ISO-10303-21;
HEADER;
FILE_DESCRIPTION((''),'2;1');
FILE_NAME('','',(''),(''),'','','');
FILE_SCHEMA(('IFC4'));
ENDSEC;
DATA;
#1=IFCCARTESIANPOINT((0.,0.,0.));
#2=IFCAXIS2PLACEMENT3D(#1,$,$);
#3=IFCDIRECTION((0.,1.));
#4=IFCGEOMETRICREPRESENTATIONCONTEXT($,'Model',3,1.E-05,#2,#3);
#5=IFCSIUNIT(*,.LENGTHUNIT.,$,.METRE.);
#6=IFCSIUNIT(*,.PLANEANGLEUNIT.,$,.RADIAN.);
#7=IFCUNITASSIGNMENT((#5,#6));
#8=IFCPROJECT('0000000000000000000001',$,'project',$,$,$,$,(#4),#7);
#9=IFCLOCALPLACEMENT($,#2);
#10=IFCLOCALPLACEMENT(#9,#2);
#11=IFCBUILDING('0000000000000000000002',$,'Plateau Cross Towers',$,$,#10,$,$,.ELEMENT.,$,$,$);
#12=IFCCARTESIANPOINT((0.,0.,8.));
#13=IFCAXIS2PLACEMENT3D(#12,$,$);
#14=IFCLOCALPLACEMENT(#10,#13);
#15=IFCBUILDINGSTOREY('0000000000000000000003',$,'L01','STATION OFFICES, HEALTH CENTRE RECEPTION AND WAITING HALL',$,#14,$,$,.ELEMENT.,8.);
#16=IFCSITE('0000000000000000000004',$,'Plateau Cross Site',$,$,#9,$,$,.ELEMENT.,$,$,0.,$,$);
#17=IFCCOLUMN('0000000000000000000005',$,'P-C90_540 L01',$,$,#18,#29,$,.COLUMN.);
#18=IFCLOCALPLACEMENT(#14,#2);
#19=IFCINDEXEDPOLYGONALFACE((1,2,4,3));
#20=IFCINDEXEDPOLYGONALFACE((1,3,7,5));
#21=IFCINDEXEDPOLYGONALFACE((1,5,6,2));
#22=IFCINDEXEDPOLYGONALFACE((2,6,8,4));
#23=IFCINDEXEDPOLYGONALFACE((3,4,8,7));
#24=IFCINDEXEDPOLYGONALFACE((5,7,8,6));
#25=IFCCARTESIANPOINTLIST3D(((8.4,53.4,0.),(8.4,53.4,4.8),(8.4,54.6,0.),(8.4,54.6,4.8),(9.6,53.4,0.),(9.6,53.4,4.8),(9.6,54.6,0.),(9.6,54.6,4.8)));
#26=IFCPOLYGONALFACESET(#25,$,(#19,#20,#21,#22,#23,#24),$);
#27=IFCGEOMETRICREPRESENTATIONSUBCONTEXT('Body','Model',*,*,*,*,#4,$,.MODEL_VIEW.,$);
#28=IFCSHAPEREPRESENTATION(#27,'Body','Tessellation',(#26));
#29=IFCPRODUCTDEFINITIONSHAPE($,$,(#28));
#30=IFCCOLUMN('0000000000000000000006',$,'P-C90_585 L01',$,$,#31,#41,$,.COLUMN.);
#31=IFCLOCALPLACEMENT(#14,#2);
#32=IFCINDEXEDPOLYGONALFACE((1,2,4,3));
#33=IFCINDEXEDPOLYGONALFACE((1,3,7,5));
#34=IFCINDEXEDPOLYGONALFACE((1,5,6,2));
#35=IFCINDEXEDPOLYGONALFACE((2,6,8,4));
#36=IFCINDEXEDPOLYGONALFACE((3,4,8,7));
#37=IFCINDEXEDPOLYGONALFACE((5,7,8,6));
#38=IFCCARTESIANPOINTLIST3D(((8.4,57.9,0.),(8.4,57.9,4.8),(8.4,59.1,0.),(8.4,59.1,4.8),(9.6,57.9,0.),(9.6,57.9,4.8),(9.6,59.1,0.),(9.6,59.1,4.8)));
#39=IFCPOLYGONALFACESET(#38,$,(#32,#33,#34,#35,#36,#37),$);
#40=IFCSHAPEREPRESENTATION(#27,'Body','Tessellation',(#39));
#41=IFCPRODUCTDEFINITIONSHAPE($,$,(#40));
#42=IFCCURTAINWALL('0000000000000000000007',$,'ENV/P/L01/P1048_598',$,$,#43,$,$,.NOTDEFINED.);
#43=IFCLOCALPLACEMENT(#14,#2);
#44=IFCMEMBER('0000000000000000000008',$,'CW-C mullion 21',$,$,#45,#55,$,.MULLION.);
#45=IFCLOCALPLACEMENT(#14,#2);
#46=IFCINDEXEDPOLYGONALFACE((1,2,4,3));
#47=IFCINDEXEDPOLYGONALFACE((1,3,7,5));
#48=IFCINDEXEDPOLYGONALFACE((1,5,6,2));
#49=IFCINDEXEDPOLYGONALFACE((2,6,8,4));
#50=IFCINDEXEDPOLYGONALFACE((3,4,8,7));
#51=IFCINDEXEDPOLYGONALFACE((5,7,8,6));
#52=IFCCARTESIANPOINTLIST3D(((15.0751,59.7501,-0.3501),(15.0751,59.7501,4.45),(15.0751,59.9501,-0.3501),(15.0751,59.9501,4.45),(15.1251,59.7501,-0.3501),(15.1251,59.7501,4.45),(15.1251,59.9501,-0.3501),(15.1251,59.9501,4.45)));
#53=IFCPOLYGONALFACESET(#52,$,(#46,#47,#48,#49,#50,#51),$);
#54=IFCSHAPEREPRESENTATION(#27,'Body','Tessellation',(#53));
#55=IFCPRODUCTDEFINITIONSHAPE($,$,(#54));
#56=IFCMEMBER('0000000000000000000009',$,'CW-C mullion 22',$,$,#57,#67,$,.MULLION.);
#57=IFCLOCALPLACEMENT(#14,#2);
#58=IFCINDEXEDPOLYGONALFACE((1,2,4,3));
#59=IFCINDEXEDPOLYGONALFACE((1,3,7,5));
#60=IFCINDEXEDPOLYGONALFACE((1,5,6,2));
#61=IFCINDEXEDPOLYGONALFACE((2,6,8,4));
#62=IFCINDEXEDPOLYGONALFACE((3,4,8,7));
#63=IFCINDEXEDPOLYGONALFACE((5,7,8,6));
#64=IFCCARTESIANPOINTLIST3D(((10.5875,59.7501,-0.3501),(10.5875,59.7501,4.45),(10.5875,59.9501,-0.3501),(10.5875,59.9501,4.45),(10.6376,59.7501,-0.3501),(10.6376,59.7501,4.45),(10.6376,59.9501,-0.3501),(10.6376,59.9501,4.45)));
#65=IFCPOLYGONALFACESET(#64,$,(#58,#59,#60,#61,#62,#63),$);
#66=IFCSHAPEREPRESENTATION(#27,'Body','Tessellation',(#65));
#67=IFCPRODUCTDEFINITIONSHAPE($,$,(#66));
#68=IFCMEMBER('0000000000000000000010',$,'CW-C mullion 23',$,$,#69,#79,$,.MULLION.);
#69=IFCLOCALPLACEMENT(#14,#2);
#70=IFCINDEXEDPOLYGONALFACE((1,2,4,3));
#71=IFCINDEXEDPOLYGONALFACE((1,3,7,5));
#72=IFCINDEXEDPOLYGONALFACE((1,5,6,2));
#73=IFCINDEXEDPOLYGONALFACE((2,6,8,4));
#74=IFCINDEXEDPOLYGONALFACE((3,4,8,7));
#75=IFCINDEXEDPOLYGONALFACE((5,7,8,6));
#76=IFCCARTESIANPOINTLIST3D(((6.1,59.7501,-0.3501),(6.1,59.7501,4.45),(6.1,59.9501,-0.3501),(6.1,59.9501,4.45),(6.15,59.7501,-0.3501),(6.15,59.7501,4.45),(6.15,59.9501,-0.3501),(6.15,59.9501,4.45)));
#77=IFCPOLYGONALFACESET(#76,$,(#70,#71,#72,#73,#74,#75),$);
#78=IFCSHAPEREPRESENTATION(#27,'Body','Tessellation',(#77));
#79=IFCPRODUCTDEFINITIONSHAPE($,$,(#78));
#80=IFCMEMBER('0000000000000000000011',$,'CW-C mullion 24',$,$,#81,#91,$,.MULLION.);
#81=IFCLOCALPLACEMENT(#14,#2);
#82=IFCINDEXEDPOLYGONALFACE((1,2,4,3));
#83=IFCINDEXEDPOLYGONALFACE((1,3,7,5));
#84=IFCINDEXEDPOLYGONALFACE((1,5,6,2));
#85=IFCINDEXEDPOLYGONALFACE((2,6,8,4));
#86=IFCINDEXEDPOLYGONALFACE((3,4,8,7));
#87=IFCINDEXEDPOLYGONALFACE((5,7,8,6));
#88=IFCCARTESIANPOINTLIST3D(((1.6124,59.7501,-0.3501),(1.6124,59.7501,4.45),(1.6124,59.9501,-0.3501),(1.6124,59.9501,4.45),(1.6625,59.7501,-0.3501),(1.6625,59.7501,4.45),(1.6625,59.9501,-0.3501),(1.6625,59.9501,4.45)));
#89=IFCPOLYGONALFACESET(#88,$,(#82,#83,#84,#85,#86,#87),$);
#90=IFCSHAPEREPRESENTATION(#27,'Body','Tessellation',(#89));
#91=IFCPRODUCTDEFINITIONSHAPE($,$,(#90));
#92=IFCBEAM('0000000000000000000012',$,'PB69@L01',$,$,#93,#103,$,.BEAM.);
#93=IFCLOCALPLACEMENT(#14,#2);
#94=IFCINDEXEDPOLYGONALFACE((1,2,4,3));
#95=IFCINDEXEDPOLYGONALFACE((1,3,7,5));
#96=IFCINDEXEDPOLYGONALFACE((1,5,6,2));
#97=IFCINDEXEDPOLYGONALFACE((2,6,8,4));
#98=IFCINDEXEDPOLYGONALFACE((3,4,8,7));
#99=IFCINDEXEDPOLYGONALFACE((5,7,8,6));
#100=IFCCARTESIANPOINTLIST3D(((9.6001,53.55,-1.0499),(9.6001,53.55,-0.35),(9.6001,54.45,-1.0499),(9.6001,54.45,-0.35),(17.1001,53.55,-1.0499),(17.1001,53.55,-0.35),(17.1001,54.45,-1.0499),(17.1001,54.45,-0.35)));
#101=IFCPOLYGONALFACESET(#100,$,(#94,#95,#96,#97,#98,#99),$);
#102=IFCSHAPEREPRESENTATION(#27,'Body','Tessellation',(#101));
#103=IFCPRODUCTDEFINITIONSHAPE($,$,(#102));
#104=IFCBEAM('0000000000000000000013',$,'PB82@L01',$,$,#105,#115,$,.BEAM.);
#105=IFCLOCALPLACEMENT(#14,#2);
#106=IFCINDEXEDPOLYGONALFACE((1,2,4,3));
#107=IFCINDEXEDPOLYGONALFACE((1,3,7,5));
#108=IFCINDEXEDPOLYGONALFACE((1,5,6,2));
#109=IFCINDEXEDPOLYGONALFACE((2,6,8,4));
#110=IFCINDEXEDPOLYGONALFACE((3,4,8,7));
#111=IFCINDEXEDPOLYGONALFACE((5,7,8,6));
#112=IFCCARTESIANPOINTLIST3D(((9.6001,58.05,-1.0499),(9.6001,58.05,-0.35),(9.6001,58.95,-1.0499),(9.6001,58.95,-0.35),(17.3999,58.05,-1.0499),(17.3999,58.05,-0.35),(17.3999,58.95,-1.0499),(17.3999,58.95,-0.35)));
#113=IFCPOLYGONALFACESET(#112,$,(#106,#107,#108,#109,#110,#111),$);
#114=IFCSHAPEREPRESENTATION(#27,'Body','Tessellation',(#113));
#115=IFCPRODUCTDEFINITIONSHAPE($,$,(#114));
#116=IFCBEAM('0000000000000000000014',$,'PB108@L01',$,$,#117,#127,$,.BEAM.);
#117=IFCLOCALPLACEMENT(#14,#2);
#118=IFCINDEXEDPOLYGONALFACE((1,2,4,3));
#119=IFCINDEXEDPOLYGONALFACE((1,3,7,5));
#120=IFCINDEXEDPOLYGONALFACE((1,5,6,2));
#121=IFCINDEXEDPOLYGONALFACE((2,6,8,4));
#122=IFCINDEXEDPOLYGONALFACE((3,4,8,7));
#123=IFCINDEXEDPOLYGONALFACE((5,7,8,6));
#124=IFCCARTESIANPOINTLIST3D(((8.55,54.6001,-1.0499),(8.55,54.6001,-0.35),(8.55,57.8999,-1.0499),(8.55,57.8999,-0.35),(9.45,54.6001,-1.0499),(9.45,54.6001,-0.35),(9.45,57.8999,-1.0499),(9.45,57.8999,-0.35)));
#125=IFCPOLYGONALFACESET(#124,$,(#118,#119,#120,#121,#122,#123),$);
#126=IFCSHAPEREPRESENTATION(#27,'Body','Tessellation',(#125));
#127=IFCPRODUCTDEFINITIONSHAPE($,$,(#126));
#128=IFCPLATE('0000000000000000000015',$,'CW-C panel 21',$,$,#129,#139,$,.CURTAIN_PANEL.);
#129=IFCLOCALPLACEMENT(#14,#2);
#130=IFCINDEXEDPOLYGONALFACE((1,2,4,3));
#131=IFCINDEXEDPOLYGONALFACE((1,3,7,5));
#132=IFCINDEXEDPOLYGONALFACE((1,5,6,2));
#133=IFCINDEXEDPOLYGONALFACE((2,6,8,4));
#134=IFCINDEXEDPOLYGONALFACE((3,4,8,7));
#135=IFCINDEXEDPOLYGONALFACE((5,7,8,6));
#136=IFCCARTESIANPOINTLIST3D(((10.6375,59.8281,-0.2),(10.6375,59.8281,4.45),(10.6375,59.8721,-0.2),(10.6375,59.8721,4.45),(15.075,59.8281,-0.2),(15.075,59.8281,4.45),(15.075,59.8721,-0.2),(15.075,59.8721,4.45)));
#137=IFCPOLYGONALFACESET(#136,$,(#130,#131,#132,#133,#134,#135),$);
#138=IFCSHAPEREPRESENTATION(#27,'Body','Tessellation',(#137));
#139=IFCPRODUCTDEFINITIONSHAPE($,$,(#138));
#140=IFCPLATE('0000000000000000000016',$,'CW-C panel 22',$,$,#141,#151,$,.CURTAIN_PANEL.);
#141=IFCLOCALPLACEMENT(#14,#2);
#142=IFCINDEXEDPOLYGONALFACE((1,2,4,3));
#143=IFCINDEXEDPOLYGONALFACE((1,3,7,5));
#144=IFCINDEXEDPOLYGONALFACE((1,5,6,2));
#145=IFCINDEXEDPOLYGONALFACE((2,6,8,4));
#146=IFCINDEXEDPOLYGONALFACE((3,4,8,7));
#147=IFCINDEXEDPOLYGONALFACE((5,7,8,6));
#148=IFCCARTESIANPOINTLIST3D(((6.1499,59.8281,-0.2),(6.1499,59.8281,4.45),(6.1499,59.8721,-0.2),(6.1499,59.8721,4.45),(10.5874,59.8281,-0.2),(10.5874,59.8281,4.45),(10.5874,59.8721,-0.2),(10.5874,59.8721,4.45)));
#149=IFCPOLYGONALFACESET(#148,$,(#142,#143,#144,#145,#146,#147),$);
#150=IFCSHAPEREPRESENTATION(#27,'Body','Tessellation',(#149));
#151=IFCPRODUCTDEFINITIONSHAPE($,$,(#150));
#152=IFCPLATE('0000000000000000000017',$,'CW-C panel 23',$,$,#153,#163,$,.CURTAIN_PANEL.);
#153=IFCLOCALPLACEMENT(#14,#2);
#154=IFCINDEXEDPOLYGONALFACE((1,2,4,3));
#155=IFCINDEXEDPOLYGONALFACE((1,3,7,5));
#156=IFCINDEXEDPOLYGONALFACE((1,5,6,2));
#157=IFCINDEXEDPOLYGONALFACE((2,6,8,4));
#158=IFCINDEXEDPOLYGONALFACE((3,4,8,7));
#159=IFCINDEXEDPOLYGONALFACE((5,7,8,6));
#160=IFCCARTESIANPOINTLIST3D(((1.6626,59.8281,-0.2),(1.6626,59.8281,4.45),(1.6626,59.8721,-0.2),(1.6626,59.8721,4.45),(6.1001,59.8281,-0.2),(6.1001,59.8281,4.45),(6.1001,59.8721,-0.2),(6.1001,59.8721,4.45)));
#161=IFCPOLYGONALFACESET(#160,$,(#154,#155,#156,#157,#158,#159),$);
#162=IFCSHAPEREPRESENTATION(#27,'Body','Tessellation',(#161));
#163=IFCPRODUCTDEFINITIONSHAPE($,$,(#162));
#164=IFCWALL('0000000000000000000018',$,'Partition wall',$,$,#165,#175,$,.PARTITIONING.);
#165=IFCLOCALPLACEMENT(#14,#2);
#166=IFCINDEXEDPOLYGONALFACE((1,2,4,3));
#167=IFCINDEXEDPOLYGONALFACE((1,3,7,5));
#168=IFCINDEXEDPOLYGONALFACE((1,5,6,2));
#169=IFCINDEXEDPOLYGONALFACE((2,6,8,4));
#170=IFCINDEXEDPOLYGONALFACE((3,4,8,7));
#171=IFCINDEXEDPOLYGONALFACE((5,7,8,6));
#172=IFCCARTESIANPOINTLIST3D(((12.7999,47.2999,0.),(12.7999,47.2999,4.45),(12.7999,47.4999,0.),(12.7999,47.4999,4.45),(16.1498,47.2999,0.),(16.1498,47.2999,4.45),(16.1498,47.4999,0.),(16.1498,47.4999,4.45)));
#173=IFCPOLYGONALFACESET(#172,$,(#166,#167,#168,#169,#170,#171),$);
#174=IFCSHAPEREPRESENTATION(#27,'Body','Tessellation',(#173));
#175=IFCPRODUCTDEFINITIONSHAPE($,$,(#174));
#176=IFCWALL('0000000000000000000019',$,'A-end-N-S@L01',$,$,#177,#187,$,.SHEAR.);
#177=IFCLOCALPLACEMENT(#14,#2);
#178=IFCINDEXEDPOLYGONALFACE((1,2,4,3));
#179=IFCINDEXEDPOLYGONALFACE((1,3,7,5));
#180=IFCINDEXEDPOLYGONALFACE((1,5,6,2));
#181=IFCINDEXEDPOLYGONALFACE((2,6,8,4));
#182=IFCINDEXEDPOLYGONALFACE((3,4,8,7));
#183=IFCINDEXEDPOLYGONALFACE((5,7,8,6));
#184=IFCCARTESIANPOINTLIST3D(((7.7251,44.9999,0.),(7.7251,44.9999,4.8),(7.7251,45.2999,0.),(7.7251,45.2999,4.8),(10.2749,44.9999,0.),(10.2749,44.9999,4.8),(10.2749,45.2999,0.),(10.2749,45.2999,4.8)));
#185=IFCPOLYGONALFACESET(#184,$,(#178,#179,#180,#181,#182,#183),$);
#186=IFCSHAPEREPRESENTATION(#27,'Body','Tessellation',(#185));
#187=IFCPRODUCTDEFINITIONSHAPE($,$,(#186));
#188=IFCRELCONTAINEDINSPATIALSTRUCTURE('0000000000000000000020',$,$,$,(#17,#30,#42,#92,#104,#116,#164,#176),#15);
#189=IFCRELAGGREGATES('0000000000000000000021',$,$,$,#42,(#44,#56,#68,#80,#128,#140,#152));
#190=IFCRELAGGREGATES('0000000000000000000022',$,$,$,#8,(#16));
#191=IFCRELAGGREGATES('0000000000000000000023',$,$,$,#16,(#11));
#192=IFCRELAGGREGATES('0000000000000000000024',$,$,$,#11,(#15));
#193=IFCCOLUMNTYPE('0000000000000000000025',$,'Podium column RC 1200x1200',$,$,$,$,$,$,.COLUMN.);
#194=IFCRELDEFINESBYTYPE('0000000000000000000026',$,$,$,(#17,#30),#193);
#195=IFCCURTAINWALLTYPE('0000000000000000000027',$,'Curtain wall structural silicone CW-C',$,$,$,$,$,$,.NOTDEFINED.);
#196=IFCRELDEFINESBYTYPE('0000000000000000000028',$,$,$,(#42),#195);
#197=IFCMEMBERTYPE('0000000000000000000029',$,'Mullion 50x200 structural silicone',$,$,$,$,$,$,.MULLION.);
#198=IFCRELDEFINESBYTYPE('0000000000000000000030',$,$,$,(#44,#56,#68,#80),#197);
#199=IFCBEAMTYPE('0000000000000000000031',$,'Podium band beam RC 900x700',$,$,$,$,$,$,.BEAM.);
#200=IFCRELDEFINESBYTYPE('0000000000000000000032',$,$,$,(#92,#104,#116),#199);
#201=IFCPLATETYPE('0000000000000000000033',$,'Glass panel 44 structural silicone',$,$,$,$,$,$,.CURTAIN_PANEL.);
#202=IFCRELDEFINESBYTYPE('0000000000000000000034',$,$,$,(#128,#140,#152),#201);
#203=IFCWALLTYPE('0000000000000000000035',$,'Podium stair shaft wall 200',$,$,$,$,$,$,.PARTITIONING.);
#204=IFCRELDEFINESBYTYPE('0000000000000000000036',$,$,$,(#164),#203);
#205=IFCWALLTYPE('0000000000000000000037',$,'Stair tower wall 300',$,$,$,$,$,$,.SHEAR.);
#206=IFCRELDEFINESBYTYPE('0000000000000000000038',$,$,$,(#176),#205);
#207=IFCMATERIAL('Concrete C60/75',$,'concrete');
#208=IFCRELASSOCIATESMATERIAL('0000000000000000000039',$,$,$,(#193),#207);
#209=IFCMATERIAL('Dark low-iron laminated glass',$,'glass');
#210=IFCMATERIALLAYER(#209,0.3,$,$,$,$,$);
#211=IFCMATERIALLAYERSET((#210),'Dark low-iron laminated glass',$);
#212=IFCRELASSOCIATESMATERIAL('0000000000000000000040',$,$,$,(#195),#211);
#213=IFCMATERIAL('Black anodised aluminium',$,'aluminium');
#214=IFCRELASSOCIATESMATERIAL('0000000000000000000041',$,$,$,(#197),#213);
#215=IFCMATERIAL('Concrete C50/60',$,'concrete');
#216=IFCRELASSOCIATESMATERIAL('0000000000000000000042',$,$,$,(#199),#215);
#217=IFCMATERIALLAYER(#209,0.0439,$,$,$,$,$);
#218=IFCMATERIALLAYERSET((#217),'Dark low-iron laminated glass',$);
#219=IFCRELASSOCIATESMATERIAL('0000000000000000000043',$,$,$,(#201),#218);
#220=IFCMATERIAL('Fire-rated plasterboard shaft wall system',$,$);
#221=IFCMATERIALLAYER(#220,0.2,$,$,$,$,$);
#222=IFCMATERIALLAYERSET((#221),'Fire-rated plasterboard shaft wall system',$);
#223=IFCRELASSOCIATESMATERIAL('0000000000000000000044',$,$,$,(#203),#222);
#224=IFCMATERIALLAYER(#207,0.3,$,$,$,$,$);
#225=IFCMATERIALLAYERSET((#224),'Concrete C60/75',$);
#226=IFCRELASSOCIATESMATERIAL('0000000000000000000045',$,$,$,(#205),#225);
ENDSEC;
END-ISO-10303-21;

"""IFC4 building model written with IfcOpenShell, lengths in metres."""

from ifc_helpers import new_model, si_unit, direction, frame, frame_2d, origin, origin_2d, place, context, subcontext, project, spatial, rectangle, extrude, material, layer, layer_set, material_profile, profile_set, type_object, element, aggregate, save


model = new_model("IFC4")

# Units and contexts
model_context = context("Model", 3, precision=1e-05, world=origin(), true_north=direction((0.0, 1.0)))
body_context = subcontext(model_context, "Body", "Model", "MODEL_VIEW")
ifc_project = project(units=[si_unit("LENGTHUNIT", "METRE"), si_unit("PLANEANGLEUNIT", "RADIAN")], contexts=[model_context])

# Site, building, storey
site_placement = place(None, origin())
site = spatial("IfcSite", under=ifc_project, at=site_placement, Name="Plateau Cross Site", CompositionType="ELEMENT", RefElevation=0.0)
building_placement = place(site_placement, origin())
building = spatial("IfcBuilding", under=site, at=building_placement, Name="Plateau Cross Towers", CompositionType="ELEMENT")
storey_placement = place(building_placement, frame((0.0, 0.0, 8.0)))
storey = spatial("IfcBuildingStorey", under=building, at=storey_placement, Name="L01", Description="STATION OFFICES, HEALTH CENTRE RECEPTION AND WAITING HALL", CompositionType="ELEMENT", Elevation=8.0)

# Columns
ifc_material_1 = material(Name="Concrete C60/75", Category="concrete")
ifc_material_profile_1 = material_profile(ifc_material_1, rectangle(XDim=1.2, YDim=1.2, at=origin_2d()), Name="RC 1200x1200")
ifc_profile_set_1 = profile_set([ifc_material_profile_1], Name="Concrete C60/75")
column_type = type_object("IfcColumnType", Name="Podium column RC 1200x1200", PredefinedType="COLUMN", material=ifc_profile_set_1)
for number, where, z_axis, x_axis, name in (
    (1, (9.0, 54.0, 0.0), (0.0, 0.0, 1.0), (1.0, 0.0, 0.0), "P-C90_540 L01"),
    (2, (9.0, 58.5, 0.0), (0.0, 0.0, 1.0), (1.0, 0.0, 0.0), "P-C90_585 L01"),
):
    element("IfcColumn", number, at=place(storey_placement, frame(where, z_axis=z_axis, x_axis=x_axis)), inside=storey, type_object=column_type, Name=name, PredefinedType="COLUMN", context=body_context, shape_type="SweptSolid", body=[
        extrude(rectangle(XDim=1.2, YDim=1.2, at=origin_2d()), origin(), (0.0, 0.0, 1.0), 4.8),
    ])

# Curtain wall, members
ifc_material_2 = material(Name="Dark low-iron laminated glass", Category="glass")
ifc_layer_1 = layer(ifc_material_2, 0.3)
ifc_layer_set_1 = layer_set([ifc_layer_1], Name="Dark low-iron laminated glass")
curtain_wall_type = type_object("IfcCurtainWallType", Name="Curtain wall structural silicone CW-C", PredefinedType="NOTDEFINED", material=ifc_layer_set_1)
curtain_wall_placement = place(storey_placement, origin())
curtain_wall = element("IfcCurtainWall", 3, at=curtain_wall_placement, inside=storey, type_object=curtain_wall_type, Name="ENV/P/L01/P1048_598", PredefinedType="NOTDEFINED")
ifc_material_3 = material(Name="Black anodised aluminium", Category="aluminium")
ifc_material_profile_2 = material_profile(ifc_material_3, rectangle(XDim=0.05, YDim=0.2, at=origin_2d()), Name="MULLION 50x200")
ifc_profile_set_2 = profile_set([ifc_material_profile_2], Name="Black anodised aluminium")
member_type = type_object("IfcMemberType", Name="Mullion 50x200 structural silicone", PredefinedType="MULLION", material=ifc_profile_set_2)
member_1_placement = place(storey_placement, frame((15.1001, 59.8501, -0.3501), z_axis=(0.0, 0.0, 1.0), x_axis=(-1.0, 0.0, 0.0)))
member_1 = element("IfcMember", 4, at=member_1_placement, type_object=member_type, Name="CW-C mullion 21", PredefinedType="MULLION", context=body_context, shape_type="SweptSolid", body=[
    extrude(rectangle(XDim=0.05, YDim=0.2, at=origin_2d()), origin(), (0.0, 0.0, 1.0), 4.8),
])
member_2_placement = place(storey_placement, frame((10.6125, 59.8501, -0.3501), z_axis=(0.0, 0.0, 1.0), x_axis=(-1.0, 0.0, 0.0)))
member_2 = element("IfcMember", 5, at=member_2_placement, type_object=member_type, Name="CW-C mullion 22", PredefinedType="MULLION", context=body_context, shape_type="SweptSolid", body=[
    extrude(rectangle(XDim=0.05, YDim=0.2, at=origin_2d()), origin(), (0.0, 0.0, 1.0), 4.8),
])
member_3_placement = place(storey_placement, frame((6.125, 59.8501, -0.3501), z_axis=(0.0, 0.0, 1.0), x_axis=(-1.0, 0.0, 0.0)))
member_3 = element("IfcMember", 6, at=member_3_placement, type_object=member_type, Name="CW-C mullion 23", PredefinedType="MULLION", context=body_context, shape_type="SweptSolid", body=[
    extrude(rectangle(XDim=0.05, YDim=0.2, at=origin_2d()), origin(), (0.0, 0.0, 1.0), 4.8),
])
member_4_placement = place(storey_placement, frame((1.6375, 59.8501, -0.3501), z_axis=(0.0, 0.0, 1.0), x_axis=(-1.0, 0.0, 0.0)))
member_4 = element("IfcMember", 7, at=member_4_placement, type_object=member_type, Name="CW-C mullion 24", PredefinedType="MULLION", context=body_context, shape_type="SweptSolid", body=[
    extrude(rectangle(XDim=0.05, YDim=0.2, at=origin_2d()), origin(), (0.0, 0.0, 1.0), 4.8),
])

# Beams
ifc_material_4 = material(Name="Concrete C50/60", Category="concrete")
ifc_material_profile_3 = material_profile(ifc_material_4, rectangle(XDim=0.8999, YDim=0.7, at=origin_2d()), Name="RC 900x700")
ifc_profile_set_3 = profile_set([ifc_material_profile_3], Name="Concrete C50/60")
beam_type = type_object("IfcBeamType", Name="Podium band beam RC 900x700", PredefinedType="BEAM", material=ifc_profile_set_3)
beam_1_placement = place(storey_placement, frame((9.6001, 54.0, -0.7), z_axis=(1.0, 0.0, 0.0), x_axis=(0.0, 1.0, 0.0)))
element("IfcBeam", 8, at=beam_1_placement, inside=storey, type_object=beam_type, Name="PB69@L01", PredefinedType="BEAM", context=body_context, shape_type="SweptSolid", body=[
    extrude(rectangle(XDim=0.8999, YDim=0.7, at=origin_2d()), origin(), (0.0, 0.0, 1.0), 7.5),
])
beam_2_placement = place(storey_placement, frame((9.6001, 58.5, -0.7), z_axis=(1.0, 0.0, 0.0), x_axis=(0.0, 1.0, 0.0)))
element("IfcBeam", 9, at=beam_2_placement, inside=storey, type_object=beam_type, Name="PB82@L01", PredefinedType="BEAM", context=body_context, shape_type="SweptSolid", body=[
    extrude(rectangle(XDim=0.8999, YDim=0.7, at=origin_2d()), origin(), (0.0, 0.0, 1.0), 7.7998),
])
beam_3_placement = place(storey_placement, frame((9.0, 54.6001, -0.7), z_axis=(0.0, 1.0, 0.0), x_axis=(-1.0, 0.0, 0.0)))
element("IfcBeam", 10, at=beam_3_placement, inside=storey, type_object=beam_type, Name="PB108@L01", PredefinedType="BEAM", context=body_context, shape_type="SweptSolid", body=[
    extrude(rectangle(XDim=0.8999, YDim=0.7, at=origin_2d()), origin(), (0.0, 0.0, 1.0), 3.2998),
])

# Plates
ifc_layer_2 = layer(ifc_material_2, 0.0439)
ifc_layer_set_2 = layer_set([ifc_layer_2], Name="Dark low-iron laminated glass")
plate_type = type_object("IfcPlateType", Name="Glass panel 44 structural silicone", PredefinedType="CURTAIN_PANEL", material=ifc_layer_set_2)
plate_1_placement = place(storey_placement, frame((12.8562, 59.8501, -0.2), z_axis=(0.0, 0.0, 1.0), x_axis=(-1.0, 0.0, 0.0)))
plate_1 = element("IfcPlate", 11, at=plate_1_placement, type_object=plate_type, Name="CW-C panel 21", PredefinedType="CURTAIN_PANEL", context=body_context, shape_type="SweptSolid", body=[
    extrude(rectangle(XDim=4.4375, YDim=0.0439, at=origin_2d()), origin(), (0.0, 0.0, 1.0), 4.6499),
])
plate_2_placement = place(storey_placement, frame((8.3687, 59.8501, -0.2), z_axis=(0.0, 0.0, 1.0), x_axis=(-1.0, 0.0, 0.0)))
plate_2 = element("IfcPlate", 12, at=plate_2_placement, type_object=plate_type, Name="CW-C panel 22", PredefinedType="CURTAIN_PANEL", context=body_context, shape_type="SweptSolid", body=[
    extrude(rectangle(XDim=4.4375, YDim=0.0439, at=origin_2d()), origin(), (0.0, 0.0, 1.0), 4.6499),
])
plate_3_placement = place(storey_placement, frame((3.8813, 59.8501, -0.2), z_axis=(0.0, 0.0, 1.0), x_axis=(-1.0, 0.0, 0.0)))
plate_3 = element("IfcPlate", 13, at=plate_3_placement, type_object=plate_type, Name="CW-C panel 23", PredefinedType="CURTAIN_PANEL", context=body_context, shape_type="SweptSolid", body=[
    extrude(rectangle(XDim=4.4375, YDim=0.0439, at=origin_2d()), origin(), (0.0, 0.0, 1.0), 4.6499),
])
aggregate(curtain_wall, [member_1, member_2, member_3, member_4, plate_1, plate_2, plate_3])

# Walls
ifc_material_5 = material(Name="Fire-rated plasterboard shaft wall system")
ifc_layer_3 = layer(ifc_material_5, 0.2)
ifc_layer_set_3 = layer_set([ifc_layer_3], Name="Fire-rated plasterboard shaft wall system")
wall_type_1 = type_object("IfcWallType", Name="Podium stair shaft wall 200", PredefinedType="PARTITIONING", material=ifc_layer_set_3)
wall_placement = place(storey_placement, frame((12.8, 47.3999, 0.0), z_axis=(0.0, 0.0, 1.0), x_axis=(1.0, 0.0, 0.0)))
element("IfcWall", 14, at=wall_placement, inside=storey, type_object=wall_type_1, Name="Partition wall", PredefinedType="PARTITIONING", context=body_context, shape_type="SweptSolid", body=[
    extrude(rectangle(XDim=3.3499, YDim=0.2, at=frame_2d((1.6748, 0.0))), origin(), (0.0, 0.0, 1.0), 4.45),
])
ifc_layer_4 = layer(ifc_material_1, 0.3)
ifc_layer_set_4 = layer_set([ifc_layer_4], Name="Concrete C60/75")
wall_type_2 = type_object("IfcWallType", Name="Stair tower wall 300", PredefinedType="SHEAR", material=ifc_layer_set_4)
for number, where, z_axis, x_axis, name in (
    (15, (7.7251, 45.1499, 0.0), (0.0, 0.0, 1.0), (1.0, 0.0, 0.0), "A-end-N-S@L01"),
):
    element("IfcWall", number, at=place(storey_placement, frame(where, z_axis=z_axis, x_axis=x_axis)), inside=storey, type_object=wall_type_2, Name=name, PredefinedType="SHEAR", context=body_context, shape_type="SweptSolid", body=[
        extrude(rectangle(XDim=2.5498, YDim=0.3, at=frame_2d((1.2749, 0.0))), origin(), (0.0, 0.0, 1.0), 4.8),
    ])

save(model, "model.ifc")
